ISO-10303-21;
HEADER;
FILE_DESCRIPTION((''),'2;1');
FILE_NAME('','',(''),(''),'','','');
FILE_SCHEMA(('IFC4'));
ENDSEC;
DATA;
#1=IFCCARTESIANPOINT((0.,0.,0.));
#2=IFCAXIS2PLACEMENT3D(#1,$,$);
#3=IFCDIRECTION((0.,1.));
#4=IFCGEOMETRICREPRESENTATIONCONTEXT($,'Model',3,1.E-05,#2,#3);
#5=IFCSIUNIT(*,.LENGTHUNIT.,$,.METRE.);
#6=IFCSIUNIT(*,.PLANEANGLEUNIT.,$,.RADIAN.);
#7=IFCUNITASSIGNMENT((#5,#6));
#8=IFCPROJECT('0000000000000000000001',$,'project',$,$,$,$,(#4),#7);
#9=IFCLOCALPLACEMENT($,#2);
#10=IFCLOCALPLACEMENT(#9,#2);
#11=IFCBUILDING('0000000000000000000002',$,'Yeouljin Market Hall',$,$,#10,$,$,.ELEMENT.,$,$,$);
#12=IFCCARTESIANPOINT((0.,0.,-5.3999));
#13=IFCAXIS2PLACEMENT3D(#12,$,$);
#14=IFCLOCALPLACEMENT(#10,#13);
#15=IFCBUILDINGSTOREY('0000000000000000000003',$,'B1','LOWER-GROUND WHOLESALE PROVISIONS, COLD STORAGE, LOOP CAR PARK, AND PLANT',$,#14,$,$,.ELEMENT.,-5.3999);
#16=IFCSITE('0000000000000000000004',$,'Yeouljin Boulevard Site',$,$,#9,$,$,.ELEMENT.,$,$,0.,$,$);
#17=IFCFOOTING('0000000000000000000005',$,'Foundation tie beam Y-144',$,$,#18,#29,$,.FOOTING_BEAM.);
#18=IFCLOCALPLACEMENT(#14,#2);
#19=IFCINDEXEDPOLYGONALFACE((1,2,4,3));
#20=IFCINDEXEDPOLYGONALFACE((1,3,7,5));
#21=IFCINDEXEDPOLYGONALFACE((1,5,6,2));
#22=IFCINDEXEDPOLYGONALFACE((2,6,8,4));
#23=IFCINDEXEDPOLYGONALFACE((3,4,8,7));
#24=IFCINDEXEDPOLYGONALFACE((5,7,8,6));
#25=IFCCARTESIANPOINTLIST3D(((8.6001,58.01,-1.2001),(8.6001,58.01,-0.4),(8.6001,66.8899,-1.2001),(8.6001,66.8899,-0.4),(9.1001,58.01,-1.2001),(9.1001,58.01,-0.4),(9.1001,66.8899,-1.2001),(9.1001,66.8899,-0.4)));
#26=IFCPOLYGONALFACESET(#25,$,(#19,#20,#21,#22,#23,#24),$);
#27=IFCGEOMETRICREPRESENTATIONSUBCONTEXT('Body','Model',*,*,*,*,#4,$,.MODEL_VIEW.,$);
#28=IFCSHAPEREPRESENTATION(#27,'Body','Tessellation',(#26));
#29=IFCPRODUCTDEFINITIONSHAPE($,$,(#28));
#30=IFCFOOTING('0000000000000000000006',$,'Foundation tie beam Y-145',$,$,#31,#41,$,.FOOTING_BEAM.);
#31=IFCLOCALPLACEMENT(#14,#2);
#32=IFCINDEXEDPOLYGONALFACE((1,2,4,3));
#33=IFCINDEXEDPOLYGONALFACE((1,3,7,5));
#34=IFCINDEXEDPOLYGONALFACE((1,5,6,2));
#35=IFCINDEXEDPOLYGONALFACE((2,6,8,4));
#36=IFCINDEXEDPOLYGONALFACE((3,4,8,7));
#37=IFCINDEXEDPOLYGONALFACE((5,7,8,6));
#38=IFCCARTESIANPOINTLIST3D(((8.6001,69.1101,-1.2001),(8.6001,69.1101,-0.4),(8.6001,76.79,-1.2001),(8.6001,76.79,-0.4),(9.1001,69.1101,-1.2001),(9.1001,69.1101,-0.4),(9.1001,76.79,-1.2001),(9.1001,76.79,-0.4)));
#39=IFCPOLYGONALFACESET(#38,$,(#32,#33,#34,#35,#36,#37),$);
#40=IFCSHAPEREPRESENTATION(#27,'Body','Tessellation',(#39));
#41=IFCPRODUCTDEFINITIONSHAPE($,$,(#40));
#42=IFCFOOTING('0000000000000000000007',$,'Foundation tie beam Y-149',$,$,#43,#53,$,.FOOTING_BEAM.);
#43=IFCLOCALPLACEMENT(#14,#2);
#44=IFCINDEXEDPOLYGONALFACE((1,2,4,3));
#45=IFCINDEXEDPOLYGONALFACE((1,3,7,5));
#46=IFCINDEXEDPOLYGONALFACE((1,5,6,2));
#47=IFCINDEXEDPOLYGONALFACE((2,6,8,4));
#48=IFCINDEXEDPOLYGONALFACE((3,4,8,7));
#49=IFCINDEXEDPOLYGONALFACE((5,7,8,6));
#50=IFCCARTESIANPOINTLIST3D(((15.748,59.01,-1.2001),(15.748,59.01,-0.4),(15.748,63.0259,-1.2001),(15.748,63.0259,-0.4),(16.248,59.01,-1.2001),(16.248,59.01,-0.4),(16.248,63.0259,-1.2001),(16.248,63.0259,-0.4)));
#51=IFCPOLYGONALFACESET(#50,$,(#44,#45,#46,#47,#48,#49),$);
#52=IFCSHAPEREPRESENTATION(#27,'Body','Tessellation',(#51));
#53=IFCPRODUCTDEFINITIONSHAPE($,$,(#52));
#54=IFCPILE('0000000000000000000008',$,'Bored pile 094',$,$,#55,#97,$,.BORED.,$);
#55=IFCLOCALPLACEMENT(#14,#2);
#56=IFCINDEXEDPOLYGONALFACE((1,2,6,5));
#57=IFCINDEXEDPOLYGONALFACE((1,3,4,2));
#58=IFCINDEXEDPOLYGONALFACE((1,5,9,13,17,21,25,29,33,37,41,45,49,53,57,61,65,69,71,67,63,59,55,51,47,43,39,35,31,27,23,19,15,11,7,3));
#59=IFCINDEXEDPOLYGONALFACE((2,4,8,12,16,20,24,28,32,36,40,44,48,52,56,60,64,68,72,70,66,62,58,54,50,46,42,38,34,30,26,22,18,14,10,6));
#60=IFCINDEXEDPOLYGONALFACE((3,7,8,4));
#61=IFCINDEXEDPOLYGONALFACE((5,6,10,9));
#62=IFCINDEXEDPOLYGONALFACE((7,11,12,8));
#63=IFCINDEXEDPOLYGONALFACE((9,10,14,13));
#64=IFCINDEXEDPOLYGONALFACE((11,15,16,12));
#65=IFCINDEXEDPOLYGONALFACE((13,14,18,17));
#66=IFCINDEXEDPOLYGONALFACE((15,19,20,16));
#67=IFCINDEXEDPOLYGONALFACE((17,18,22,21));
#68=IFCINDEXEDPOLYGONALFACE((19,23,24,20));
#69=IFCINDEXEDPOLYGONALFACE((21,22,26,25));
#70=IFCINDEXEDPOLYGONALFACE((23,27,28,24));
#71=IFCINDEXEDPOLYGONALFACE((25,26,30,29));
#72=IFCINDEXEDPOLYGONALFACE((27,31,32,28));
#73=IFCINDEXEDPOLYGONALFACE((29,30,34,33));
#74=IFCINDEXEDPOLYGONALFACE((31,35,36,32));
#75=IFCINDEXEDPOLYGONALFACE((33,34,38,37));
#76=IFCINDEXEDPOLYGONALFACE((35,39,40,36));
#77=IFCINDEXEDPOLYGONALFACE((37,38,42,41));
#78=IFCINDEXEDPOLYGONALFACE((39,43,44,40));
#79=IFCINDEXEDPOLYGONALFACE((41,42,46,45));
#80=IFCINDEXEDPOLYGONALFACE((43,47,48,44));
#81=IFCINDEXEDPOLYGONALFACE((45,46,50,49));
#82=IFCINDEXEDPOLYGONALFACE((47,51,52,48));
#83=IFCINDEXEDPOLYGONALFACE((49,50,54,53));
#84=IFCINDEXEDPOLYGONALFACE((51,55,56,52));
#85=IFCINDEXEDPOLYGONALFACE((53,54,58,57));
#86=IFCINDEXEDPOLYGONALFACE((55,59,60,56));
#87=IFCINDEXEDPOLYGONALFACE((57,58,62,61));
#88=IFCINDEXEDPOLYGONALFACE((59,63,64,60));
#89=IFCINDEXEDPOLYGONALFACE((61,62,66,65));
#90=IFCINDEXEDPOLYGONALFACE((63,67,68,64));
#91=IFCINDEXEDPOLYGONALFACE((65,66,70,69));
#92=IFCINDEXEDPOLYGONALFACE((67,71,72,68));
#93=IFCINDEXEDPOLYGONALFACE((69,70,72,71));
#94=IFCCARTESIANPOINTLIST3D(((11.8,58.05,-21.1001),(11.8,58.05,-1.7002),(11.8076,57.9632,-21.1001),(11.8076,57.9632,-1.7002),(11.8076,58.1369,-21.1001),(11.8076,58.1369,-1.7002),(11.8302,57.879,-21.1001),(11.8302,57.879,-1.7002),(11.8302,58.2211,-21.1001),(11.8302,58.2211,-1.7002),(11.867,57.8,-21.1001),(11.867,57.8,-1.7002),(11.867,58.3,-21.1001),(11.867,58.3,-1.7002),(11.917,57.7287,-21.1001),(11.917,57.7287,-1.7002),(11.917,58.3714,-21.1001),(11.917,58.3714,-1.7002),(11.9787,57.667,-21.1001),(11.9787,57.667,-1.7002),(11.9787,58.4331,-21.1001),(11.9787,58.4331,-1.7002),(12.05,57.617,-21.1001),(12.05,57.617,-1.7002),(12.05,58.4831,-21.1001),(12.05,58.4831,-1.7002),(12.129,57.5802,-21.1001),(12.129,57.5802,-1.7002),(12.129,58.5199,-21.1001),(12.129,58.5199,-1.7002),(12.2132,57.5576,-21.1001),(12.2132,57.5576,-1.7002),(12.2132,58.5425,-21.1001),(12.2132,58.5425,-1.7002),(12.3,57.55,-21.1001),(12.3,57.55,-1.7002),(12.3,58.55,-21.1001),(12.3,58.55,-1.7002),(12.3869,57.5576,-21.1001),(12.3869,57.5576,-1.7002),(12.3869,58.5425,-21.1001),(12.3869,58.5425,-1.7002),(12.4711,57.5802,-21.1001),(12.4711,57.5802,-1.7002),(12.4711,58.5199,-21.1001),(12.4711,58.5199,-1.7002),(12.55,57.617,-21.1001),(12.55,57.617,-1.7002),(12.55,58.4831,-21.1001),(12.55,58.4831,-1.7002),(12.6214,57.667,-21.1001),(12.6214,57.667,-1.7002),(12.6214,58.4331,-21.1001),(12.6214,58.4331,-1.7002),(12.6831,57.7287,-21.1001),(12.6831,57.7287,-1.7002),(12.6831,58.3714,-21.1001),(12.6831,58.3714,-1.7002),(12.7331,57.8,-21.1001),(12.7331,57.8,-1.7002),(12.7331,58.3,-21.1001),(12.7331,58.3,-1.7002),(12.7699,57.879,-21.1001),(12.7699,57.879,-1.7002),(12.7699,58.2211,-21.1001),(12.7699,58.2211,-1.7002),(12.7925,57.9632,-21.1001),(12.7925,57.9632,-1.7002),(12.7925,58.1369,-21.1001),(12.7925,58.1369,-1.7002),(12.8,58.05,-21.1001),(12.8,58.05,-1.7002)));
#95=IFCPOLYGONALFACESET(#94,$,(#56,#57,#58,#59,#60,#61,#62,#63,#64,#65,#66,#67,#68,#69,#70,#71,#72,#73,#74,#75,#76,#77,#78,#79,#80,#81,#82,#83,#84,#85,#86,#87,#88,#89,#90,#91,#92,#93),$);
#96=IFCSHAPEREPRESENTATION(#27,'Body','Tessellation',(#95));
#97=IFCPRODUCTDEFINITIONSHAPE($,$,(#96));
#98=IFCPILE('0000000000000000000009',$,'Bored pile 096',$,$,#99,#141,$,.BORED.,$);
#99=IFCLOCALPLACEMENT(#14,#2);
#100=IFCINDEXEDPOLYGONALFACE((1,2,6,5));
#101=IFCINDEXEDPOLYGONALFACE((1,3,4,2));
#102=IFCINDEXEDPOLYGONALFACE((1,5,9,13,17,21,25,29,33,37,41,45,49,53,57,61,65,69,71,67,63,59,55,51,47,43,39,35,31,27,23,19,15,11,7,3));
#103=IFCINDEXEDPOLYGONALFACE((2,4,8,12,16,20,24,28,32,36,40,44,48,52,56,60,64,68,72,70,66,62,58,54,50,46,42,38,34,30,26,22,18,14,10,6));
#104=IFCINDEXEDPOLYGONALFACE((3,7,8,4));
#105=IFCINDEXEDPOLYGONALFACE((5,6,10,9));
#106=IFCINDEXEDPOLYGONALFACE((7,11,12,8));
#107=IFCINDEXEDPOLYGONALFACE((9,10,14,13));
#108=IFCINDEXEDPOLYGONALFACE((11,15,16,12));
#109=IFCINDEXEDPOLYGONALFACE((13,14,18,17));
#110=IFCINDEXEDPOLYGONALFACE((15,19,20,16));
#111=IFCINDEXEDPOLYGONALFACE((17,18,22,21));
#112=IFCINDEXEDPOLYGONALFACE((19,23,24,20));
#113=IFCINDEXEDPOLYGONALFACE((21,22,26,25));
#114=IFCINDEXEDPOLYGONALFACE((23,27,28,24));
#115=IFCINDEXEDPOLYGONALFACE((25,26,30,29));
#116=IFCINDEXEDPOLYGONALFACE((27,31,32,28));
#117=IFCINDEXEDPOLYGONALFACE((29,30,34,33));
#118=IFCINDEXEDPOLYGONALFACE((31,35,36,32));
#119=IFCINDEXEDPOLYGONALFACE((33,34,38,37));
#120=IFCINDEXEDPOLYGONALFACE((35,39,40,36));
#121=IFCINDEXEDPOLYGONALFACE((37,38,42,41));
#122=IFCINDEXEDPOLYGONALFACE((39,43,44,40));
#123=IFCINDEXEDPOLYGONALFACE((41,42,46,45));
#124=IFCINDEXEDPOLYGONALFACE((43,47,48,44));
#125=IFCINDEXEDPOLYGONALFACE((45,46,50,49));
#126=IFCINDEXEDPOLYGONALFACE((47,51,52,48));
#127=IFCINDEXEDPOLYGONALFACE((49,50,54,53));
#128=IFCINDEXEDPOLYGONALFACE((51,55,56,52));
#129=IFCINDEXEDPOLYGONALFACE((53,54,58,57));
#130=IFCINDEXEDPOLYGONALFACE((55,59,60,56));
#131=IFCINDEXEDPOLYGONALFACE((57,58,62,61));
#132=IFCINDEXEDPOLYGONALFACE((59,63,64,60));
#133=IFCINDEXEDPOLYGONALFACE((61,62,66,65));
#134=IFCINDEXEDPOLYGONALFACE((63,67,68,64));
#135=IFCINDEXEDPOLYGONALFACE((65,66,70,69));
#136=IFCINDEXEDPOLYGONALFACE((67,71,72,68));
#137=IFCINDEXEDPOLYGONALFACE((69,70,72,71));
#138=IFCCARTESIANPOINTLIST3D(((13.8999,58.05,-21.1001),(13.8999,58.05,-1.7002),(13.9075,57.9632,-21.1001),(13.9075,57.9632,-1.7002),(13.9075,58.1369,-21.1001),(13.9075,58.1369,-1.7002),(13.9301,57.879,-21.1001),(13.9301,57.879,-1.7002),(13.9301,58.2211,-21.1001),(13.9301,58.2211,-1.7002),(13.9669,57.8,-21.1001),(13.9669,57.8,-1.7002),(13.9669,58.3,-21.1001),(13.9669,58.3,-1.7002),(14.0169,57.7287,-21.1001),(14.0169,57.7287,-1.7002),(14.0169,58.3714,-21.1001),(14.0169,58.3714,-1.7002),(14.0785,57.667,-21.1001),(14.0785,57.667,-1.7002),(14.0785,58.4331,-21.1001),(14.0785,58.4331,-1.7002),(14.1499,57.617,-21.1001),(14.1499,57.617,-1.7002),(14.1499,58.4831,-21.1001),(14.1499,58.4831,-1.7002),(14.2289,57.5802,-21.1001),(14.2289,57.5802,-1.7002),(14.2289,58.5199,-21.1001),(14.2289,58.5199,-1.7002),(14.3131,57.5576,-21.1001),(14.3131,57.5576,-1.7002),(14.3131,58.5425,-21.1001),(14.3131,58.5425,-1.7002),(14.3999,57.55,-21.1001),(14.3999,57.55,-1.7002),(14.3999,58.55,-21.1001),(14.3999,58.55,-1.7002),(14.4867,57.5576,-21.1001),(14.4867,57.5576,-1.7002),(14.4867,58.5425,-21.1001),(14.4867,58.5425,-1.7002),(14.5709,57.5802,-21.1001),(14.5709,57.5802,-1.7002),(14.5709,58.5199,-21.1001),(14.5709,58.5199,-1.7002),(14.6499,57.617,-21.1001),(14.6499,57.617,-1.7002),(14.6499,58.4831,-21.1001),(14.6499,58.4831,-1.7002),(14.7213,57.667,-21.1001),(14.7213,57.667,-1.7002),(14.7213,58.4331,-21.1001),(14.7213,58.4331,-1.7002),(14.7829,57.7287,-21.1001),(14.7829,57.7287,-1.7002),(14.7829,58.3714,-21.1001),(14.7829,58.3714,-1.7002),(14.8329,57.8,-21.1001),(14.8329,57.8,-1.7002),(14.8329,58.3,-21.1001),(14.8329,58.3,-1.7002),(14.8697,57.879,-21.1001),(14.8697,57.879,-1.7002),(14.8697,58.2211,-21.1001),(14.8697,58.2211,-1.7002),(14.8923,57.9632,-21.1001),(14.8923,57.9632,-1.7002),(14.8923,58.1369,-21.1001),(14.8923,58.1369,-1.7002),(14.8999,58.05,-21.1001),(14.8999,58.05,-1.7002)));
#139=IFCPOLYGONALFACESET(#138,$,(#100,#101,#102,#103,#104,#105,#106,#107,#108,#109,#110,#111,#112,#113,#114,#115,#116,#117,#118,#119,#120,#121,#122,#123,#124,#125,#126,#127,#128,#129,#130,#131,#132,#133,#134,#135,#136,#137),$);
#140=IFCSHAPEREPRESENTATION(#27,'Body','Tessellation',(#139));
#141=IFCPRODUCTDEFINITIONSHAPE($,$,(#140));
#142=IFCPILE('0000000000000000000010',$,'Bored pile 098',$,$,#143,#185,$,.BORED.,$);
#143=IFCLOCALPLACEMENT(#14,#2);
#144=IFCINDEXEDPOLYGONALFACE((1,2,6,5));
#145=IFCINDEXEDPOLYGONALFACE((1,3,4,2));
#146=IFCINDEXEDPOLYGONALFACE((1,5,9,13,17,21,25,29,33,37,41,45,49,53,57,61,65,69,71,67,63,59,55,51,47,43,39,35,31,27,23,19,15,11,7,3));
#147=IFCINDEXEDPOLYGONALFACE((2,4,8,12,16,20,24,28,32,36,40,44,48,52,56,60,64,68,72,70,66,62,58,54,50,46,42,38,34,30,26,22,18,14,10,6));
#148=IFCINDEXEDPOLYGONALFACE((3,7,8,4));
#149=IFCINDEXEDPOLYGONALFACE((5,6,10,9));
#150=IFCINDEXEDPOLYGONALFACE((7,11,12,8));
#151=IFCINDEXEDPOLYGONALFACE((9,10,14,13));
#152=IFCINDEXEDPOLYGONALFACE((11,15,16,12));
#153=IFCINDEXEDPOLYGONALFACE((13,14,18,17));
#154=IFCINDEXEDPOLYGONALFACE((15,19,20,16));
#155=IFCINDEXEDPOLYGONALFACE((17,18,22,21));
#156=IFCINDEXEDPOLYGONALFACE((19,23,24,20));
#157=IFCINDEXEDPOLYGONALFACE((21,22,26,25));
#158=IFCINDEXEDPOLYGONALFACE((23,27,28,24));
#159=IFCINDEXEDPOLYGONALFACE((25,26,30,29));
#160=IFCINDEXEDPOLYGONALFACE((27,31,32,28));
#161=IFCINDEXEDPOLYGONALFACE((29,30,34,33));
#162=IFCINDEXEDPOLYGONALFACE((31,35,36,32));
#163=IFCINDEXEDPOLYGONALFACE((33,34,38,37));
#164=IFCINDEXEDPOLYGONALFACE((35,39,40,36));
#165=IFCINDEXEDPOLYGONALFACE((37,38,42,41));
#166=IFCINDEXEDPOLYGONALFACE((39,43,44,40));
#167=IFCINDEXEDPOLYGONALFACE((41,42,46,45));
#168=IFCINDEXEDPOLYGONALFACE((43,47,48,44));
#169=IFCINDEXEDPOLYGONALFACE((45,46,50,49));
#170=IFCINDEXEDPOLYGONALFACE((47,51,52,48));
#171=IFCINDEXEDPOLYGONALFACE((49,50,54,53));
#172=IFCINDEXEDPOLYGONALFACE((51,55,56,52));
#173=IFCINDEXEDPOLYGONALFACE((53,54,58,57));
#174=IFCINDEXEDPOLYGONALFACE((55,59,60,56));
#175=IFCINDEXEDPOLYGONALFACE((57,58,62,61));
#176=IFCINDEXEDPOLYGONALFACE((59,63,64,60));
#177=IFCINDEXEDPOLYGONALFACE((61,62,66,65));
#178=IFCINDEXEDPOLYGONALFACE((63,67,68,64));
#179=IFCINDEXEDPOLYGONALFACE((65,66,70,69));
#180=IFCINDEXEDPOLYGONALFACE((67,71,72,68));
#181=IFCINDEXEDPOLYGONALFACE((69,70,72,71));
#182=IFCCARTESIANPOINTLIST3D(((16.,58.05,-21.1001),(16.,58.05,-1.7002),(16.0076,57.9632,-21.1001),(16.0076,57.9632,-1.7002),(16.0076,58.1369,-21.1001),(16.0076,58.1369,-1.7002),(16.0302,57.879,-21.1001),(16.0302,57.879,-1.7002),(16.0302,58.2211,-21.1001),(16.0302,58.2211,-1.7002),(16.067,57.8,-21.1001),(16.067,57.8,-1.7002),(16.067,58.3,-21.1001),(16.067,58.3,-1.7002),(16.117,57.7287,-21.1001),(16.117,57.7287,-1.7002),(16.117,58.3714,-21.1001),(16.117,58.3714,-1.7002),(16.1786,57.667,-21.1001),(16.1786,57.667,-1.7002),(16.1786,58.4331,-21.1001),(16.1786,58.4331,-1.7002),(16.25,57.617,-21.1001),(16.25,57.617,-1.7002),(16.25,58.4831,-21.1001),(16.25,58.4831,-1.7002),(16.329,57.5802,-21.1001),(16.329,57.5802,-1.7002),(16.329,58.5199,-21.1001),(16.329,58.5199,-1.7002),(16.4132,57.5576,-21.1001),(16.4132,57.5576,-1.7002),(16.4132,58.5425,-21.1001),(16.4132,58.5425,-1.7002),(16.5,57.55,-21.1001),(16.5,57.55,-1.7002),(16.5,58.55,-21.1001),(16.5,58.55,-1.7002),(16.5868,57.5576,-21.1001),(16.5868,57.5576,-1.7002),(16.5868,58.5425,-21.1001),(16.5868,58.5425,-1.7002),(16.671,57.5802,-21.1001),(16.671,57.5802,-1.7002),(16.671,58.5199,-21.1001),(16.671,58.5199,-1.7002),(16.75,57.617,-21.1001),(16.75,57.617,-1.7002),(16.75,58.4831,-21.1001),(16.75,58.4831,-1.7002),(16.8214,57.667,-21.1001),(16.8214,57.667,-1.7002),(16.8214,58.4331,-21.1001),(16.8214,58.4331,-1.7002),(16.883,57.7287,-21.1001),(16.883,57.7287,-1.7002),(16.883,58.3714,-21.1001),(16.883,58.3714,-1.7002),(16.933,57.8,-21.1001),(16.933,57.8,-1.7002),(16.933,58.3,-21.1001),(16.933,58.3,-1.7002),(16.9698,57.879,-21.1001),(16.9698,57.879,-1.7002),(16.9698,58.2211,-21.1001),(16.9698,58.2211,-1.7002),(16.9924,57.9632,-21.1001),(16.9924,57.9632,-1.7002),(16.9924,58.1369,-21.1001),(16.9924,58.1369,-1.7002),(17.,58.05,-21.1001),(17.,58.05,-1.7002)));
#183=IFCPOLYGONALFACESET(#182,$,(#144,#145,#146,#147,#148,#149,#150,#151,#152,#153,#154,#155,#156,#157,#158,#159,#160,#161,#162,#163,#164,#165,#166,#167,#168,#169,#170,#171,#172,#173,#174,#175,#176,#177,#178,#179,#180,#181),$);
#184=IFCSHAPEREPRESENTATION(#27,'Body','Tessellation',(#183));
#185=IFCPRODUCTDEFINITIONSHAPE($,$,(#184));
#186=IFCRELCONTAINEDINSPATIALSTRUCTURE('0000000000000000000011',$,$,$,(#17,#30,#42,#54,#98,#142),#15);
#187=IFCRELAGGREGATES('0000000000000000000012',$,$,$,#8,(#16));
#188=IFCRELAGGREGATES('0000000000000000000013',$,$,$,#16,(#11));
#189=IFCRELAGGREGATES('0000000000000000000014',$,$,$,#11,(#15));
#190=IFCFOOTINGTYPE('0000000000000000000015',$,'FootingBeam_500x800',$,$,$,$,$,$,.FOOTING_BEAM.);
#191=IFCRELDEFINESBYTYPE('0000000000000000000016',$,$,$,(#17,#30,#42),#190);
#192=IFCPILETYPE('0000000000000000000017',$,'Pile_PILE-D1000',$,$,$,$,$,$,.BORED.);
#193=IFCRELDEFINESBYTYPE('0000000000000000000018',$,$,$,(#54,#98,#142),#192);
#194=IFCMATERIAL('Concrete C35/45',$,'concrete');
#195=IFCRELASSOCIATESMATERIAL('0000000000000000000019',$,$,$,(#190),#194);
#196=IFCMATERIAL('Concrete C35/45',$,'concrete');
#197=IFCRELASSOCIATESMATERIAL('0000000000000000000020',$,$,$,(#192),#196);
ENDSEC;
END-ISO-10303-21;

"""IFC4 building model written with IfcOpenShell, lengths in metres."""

from ifc_helpers import new_model, si_unit, direction, frame, origin, origin_2d, place, context, subcontext, project, spatial, rectangle, circle, extrude, material, material_profile, profile_set, type_object, element, save


model = new_model("IFC4")

# Units and contexts
model_context = context("Model", 3, precision=1e-05, world=origin(), true_north=direction((0.0, 1.0)))
body_context = subcontext(model_context, "Body", "Model", "MODEL_VIEW")
ifc_project = project(units=[si_unit("LENGTHUNIT", "METRE"), si_unit("PLANEANGLEUNIT", "RADIAN")], contexts=[model_context])

# Site, building, storey
site_placement = place(None, origin())
site = spatial("IfcSite", under=ifc_project, at=site_placement, Name="Yeouljin Boulevard Site", CompositionType="ELEMENT", RefElevation=0.0)
building_placement = place(site_placement, origin())
building = spatial("IfcBuilding", under=site, at=building_placement, Name="Yeouljin Market Hall", CompositionType="ELEMENT")
storey_placement = place(building_placement, frame((0.0, 0.0, -5.3999)))
storey = spatial("IfcBuildingStorey", under=building, at=storey_placement, Name="B1", Description="LOWER-GROUND WHOLESALE PROVISIONS, COLD STORAGE, LOOP CAR PARK, AND PLANT", CompositionType="ELEMENT", Elevation=-5.3999)

# Footings
ifc_material_1 = material(Name="Concrete C35/45", Category="concrete")
ifc_material_profile_1 = material_profile(ifc_material_1, rectangle(XDim=0.5, YDim=0.8, at=origin_2d()), Name="RC-500x800")
ifc_profile_set_1 = profile_set([ifc_material_profile_1], Name="Concrete C35/45")
footing_type_1 = type_object("IfcFootingType", Name="FootingBeam_500x800", PredefinedType="FOOTING_BEAM", material=ifc_profile_set_1)
footing_1_placement = place(storey_placement, frame((8.8501, 58.01, -0.8), z_axis=(0.0, 1.0, 0.0), x_axis=(-1.0, 0.0, 0.0)))
element("IfcFooting", 1, at=footing_1_placement, inside=storey, type_object=footing_type_1, Name="Foundation tie beam Y-144", PredefinedType="FOOTING_BEAM", context=body_context, shape_type="SweptSolid", body=[
    extrude(rectangle(XDim=0.5, YDim=0.8, at=origin_2d()), origin(), (0.0, 0.0, 1.0), 8.8799),
])
footing_2_placement = place(storey_placement, frame((8.8501, 69.1101, -0.8), z_axis=(0.0, 1.0, 0.0), x_axis=(-1.0, 0.0, 0.0)))
element("IfcFooting", 2, at=footing_2_placement, inside=storey, type_object=footing_type_1, Name="Foundation tie beam Y-145", PredefinedType="FOOTING_BEAM", context=body_context, shape_type="SweptSolid", body=[
    extrude(rectangle(XDim=0.5, YDim=0.8, at=origin_2d()), origin(), (0.0, 0.0, 1.0), 7.6799),
])
footing_3_placement = place(storey_placement, frame((15.998, 59.01, -0.8), z_axis=(0.0, 1.0, 0.0), x_axis=(-1.0, 0.0, 0.0)))
element("IfcFooting", 3, at=footing_3_placement, inside=storey, type_object=footing_type_1, Name="Foundation tie beam Y-149", PredefinedType="FOOTING_BEAM", context=body_context, shape_type="SweptSolid", body=[
    extrude(rectangle(XDim=0.5, YDim=0.8, at=origin_2d()), origin(), (0.0, 0.0, 1.0), 4.0159),
])

# Piles
ifc_material_2 = material(Name="Concrete C35/45", Category="concrete")
ifc_material_profile_2 = material_profile(ifc_material_2, circle(Radius=0.5, at=origin_2d()), Name="PILE-D1000")
ifc_profile_set_2 = profile_set([ifc_material_profile_2], Name="Concrete C35/45")
pile_type = type_object("IfcPileType", Name="Pile_PILE-D1000", PredefinedType="BORED", material=ifc_profile_set_2)
for number, where, z_axis, x_axis, name in (
    (4, (12.3, 58.05, -1.7002), (0.0, 0.0, -1.0), (1.0, 0.0, 0.0), "Bored pile 094"),
    (5, (14.3999, 58.05, -1.7002), (0.0, 0.0, -1.0), (1.0, 0.0, 0.0), "Bored pile 096"),
    (6, (16.5, 58.05, -1.7002), (0.0, 0.0, -1.0), (1.0, 0.0, 0.0), "Bored pile 098"),
):
    element("IfcPile", number, at=place(storey_placement, frame(where, z_axis=z_axis, x_axis=x_axis)), inside=storey, type_object=pile_type, Name=name, PredefinedType="BORED", context=body_context, shape_type="SweptSolid", body=[
        extrude(circle(Radius=0.5, at=origin_2d()), origin(), (0.0, 0.0, 1.0), 19.3999),
    ])

save(model, "model.ifc")
